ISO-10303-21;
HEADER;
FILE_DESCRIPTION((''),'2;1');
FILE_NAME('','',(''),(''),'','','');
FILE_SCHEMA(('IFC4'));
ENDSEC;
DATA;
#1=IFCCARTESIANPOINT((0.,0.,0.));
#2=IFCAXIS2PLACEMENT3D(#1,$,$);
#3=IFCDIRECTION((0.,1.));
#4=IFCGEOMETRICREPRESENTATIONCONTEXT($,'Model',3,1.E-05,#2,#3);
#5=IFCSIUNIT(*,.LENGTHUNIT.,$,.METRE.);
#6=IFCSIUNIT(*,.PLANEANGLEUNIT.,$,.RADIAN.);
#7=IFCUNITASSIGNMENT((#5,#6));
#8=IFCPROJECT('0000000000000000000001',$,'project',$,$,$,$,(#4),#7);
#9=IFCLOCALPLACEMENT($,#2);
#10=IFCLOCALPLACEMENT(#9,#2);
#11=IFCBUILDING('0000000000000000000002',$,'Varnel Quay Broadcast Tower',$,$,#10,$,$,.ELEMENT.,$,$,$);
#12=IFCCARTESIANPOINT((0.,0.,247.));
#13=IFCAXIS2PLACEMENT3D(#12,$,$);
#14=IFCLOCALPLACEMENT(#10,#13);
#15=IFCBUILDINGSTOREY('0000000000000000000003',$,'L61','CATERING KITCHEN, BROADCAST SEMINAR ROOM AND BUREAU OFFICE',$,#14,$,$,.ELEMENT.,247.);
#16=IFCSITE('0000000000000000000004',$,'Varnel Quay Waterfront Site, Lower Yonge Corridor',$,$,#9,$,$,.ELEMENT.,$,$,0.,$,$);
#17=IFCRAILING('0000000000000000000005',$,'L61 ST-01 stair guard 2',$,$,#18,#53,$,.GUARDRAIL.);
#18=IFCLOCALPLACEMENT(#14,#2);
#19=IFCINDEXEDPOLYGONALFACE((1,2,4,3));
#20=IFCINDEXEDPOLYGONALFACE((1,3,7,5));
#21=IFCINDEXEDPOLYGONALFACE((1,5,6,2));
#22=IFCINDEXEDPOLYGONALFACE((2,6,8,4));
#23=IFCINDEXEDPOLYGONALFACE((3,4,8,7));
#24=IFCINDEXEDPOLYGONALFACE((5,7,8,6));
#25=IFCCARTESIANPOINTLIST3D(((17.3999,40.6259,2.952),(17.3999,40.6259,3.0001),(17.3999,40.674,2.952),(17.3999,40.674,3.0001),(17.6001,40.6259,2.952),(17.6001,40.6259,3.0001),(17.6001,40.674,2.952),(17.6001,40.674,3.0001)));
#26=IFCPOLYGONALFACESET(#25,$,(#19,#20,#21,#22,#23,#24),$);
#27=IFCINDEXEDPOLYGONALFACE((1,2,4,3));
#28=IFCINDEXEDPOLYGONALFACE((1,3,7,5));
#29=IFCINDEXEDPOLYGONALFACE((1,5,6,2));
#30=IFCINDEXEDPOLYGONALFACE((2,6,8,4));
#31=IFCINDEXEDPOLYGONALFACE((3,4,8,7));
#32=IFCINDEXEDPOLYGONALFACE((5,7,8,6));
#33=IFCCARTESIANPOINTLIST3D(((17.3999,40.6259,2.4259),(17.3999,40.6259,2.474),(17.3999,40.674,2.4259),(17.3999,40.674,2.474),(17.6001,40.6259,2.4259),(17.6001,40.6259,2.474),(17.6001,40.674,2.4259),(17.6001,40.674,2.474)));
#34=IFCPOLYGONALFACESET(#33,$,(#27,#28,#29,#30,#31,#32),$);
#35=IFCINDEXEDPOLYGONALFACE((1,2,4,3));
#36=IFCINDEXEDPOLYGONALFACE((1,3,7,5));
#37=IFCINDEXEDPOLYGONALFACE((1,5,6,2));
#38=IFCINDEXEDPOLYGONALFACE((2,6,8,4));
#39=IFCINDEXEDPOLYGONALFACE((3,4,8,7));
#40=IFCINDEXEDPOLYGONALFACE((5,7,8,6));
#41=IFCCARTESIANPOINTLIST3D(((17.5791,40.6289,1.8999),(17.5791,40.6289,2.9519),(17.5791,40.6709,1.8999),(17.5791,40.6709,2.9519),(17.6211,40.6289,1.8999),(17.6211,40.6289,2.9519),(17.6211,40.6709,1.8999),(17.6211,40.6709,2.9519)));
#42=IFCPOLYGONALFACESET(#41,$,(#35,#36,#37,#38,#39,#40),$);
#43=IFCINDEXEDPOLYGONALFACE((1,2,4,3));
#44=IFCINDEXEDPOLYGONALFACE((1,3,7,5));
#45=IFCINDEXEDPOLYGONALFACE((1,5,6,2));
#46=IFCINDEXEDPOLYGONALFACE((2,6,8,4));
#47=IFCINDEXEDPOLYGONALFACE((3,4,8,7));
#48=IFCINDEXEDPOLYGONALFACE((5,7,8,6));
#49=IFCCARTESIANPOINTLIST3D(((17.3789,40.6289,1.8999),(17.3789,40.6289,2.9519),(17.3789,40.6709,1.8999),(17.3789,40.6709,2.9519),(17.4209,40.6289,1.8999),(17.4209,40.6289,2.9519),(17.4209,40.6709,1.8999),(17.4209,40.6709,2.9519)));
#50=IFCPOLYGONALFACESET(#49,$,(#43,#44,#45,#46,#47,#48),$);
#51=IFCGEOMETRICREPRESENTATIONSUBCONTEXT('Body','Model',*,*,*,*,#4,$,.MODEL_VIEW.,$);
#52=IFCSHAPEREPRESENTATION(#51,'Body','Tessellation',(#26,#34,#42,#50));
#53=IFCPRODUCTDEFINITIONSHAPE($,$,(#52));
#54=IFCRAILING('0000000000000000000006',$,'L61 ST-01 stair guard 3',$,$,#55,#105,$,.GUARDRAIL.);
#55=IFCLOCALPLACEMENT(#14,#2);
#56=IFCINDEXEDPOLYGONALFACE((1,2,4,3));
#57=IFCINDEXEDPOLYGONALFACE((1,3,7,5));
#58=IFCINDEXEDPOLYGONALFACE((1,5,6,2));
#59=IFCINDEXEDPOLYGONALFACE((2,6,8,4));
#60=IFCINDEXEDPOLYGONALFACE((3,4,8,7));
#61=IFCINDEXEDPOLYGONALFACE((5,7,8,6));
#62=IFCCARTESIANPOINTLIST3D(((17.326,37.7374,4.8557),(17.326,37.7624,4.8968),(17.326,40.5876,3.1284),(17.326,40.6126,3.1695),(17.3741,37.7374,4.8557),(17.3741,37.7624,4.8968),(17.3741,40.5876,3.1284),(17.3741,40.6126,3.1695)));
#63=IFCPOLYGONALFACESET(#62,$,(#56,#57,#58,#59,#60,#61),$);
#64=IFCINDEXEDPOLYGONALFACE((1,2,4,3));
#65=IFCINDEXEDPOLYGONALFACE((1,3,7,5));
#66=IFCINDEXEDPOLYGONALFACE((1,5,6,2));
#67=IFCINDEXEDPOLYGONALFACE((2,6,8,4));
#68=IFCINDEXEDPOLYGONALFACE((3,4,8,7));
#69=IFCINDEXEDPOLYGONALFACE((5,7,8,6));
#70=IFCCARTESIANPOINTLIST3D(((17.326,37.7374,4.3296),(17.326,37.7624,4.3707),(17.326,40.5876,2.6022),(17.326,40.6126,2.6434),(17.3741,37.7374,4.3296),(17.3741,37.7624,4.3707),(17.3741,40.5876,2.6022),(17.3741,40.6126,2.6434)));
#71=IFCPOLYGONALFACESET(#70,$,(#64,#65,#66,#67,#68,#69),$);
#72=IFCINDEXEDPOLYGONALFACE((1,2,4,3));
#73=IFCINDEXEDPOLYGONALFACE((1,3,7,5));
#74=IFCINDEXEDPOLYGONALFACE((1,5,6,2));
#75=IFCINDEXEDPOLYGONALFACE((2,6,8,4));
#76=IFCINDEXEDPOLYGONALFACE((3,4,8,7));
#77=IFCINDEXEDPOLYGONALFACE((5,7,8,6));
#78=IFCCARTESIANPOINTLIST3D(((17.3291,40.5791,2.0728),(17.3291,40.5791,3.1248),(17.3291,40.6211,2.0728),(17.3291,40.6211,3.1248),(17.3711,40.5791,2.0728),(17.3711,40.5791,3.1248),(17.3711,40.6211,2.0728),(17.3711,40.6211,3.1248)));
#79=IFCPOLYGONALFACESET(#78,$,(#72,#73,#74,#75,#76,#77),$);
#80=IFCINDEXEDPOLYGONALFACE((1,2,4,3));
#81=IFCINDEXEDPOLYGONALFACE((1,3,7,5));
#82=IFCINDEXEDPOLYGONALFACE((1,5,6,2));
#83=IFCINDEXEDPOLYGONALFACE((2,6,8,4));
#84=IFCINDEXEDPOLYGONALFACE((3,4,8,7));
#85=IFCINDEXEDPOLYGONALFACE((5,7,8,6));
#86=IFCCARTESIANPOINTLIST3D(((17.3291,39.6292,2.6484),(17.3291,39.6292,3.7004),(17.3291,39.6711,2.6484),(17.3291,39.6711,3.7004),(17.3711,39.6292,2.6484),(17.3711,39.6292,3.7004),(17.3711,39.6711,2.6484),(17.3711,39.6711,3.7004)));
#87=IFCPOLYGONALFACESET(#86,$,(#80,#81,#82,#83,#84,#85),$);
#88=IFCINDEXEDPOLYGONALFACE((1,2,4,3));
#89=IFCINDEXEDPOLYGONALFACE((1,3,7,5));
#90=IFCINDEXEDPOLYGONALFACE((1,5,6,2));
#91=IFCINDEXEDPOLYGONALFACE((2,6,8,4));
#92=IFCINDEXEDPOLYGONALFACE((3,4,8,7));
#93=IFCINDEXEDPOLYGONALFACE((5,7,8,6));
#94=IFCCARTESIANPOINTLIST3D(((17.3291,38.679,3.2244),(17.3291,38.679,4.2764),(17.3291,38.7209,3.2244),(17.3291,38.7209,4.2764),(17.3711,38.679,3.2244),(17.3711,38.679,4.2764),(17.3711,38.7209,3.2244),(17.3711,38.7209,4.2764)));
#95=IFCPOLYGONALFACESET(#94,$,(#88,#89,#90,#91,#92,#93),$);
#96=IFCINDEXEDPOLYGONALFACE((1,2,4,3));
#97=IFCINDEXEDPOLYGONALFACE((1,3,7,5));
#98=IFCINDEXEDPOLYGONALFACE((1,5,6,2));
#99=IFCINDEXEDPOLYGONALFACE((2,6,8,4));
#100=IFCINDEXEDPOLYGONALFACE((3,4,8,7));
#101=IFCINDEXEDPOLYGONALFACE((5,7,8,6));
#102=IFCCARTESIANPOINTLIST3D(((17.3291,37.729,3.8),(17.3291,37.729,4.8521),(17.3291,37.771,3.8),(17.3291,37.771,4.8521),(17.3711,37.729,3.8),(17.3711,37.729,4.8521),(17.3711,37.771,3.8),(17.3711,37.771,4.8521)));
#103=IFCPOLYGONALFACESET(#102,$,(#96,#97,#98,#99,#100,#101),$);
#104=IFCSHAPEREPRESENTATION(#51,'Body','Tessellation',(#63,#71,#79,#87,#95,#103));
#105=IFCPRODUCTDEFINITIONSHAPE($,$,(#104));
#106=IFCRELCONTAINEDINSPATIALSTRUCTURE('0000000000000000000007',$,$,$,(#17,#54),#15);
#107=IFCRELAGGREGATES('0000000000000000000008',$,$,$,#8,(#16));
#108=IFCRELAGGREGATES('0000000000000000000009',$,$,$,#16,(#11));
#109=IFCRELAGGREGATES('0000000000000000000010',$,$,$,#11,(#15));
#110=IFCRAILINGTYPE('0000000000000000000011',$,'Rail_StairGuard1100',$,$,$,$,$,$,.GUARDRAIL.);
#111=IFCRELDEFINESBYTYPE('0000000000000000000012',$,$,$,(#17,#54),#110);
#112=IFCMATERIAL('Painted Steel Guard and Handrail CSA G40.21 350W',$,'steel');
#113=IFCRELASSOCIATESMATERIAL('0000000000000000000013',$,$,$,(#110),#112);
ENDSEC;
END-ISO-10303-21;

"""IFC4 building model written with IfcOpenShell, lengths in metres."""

from ifc_helpers import new_model, si_unit, direction, frame, origin, origin_2d, place, context, subcontext, project, spatial, rectangle, extrude, material, type_object, element, save


model = new_model("IFC4")

# Units and contexts
model_context = context("Model", 3, precision=1e-05, world=origin(), true_north=direction((0.0, 1.0)))
body_context = subcontext(model_context, "Body", "Model", "MODEL_VIEW")
ifc_project = project(units=[si_unit("LENGTHUNIT", "METRE"), si_unit("PLANEANGLEUNIT", "RADIAN")], contexts=[model_context])

# Site, building, storey
site_placement = place(None, origin())
site = spatial("IfcSite", under=ifc_project, at=site_placement, Name="Varnel Quay Waterfront Site, Lower Yonge Corridor", CompositionType="ELEMENT", RefElevation=0.0)
building_placement = place(site_placement, origin())
building = spatial("IfcBuilding", under=site, at=building_placement, Name="Varnel Quay Broadcast Tower", CompositionType="ELEMENT")
storey_placement = place(building_placement, frame((0.0, 0.0, 247.0)))
storey = spatial("IfcBuildingStorey", under=building, at=storey_placement, Name="L61", Description="CATERING KITCHEN, BROADCAST SEMINAR ROOM AND BUREAU OFFICE", CompositionType="ELEMENT", Elevation=247.0)

# Railings
ifc_material_1 = material(Name="Painted Steel Guard and Handrail CSA G40.21 350W", Category="steel")
railing_type = type_object("IfcRailingType", Name="Rail_StairGuard1100", PredefinedType="GUARDRAIL", material=ifc_material_1)
railing_1_placement = place(storey_placement, frame((17.6001, 40.6499, 1.8999)))
element("IfcRailing", 1, at=railing_1_placement, inside=storey, type_object=railing_type, Name="L61 ST-01 stair guard 2", PredefinedType="GUARDRAIL", context=body_context, shape_type="SweptSolid", body=[
    extrude(rectangle(XDim=0.0481, YDim=0.0481, at=origin_2d()), frame((0.0, 0.0, 1.0762), z_axis=(-1.0, 0.0, 0.0), x_axis=(0.0, -1.0, 0.0)), (0.0, 0.0, 1.0), 0.2002),
    extrude(rectangle(XDim=0.0481, YDim=0.0481, at=origin_2d()), frame((0.0, 0.0, 0.55), z_axis=(-1.0, 0.0, 0.0), x_axis=(0.0, -1.0, 0.0)), (0.0, 0.0, 1.0), 0.2002),
    extrude(rectangle(XDim=0.042, YDim=0.042, at=origin_2d()), origin(), (0.0, 0.0, 1.0), 1.052),
    extrude(rectangle(XDim=0.042, YDim=0.042, at=origin_2d()), frame((-0.2002, 0.0, 0.0)), (0.0, 0.0, 1.0), 1.052),
])
railing_2_placement = place(storey_placement, frame((17.3501, 40.6001, 2.0728)))
element("IfcRailing", 2, at=railing_2_placement, inside=storey, type_object=railing_type, Name="L61 ST-01 stair guard 3", PredefinedType="GUARDRAIL", context=body_context, shape_type="SweptSolid", body=[
    extrude(rectangle(XDim=0.0481, YDim=0.0481, at=origin_2d()), frame((0.0, 0.0, 1.0762), z_axis=(0.0, -0.855203, 0.518294), x_axis=(1.0, 0.0, 0.0)), (0.0, 0.0, 1.0), 3.3328),
    extrude(rectangle(XDim=0.0481, YDim=0.0481, at=origin_2d()), frame((0.0, 0.0, 0.55), z_axis=(0.0, -0.855203, 0.518294), x_axis=(1.0, 0.0, 0.0)), (0.0, 0.0, 1.0), 3.3328),
    extrude(rectangle(XDim=0.042, YDim=0.042, at=origin_2d()), origin(), (0.0, 0.0, 1.0), 1.052),
    extrude(rectangle(XDim=0.042, YDim=0.042, at=origin_2d()), frame((0.0, -0.95, 0.5757)), (0.0, 0.0, 1.0), 1.052),
    extrude(rectangle(XDim=0.042, YDim=0.042, at=origin_2d()), frame((0.0, -1.9001, 1.1516)), (0.0, 0.0, 1.0), 1.052),
    extrude(rectangle(XDim=0.042, YDim=0.042, at=origin_2d()), frame((0.0, -2.8501, 1.7273)), (0.0, 0.0, 1.0), 1.052),
])

save(model, "model.ifc")
